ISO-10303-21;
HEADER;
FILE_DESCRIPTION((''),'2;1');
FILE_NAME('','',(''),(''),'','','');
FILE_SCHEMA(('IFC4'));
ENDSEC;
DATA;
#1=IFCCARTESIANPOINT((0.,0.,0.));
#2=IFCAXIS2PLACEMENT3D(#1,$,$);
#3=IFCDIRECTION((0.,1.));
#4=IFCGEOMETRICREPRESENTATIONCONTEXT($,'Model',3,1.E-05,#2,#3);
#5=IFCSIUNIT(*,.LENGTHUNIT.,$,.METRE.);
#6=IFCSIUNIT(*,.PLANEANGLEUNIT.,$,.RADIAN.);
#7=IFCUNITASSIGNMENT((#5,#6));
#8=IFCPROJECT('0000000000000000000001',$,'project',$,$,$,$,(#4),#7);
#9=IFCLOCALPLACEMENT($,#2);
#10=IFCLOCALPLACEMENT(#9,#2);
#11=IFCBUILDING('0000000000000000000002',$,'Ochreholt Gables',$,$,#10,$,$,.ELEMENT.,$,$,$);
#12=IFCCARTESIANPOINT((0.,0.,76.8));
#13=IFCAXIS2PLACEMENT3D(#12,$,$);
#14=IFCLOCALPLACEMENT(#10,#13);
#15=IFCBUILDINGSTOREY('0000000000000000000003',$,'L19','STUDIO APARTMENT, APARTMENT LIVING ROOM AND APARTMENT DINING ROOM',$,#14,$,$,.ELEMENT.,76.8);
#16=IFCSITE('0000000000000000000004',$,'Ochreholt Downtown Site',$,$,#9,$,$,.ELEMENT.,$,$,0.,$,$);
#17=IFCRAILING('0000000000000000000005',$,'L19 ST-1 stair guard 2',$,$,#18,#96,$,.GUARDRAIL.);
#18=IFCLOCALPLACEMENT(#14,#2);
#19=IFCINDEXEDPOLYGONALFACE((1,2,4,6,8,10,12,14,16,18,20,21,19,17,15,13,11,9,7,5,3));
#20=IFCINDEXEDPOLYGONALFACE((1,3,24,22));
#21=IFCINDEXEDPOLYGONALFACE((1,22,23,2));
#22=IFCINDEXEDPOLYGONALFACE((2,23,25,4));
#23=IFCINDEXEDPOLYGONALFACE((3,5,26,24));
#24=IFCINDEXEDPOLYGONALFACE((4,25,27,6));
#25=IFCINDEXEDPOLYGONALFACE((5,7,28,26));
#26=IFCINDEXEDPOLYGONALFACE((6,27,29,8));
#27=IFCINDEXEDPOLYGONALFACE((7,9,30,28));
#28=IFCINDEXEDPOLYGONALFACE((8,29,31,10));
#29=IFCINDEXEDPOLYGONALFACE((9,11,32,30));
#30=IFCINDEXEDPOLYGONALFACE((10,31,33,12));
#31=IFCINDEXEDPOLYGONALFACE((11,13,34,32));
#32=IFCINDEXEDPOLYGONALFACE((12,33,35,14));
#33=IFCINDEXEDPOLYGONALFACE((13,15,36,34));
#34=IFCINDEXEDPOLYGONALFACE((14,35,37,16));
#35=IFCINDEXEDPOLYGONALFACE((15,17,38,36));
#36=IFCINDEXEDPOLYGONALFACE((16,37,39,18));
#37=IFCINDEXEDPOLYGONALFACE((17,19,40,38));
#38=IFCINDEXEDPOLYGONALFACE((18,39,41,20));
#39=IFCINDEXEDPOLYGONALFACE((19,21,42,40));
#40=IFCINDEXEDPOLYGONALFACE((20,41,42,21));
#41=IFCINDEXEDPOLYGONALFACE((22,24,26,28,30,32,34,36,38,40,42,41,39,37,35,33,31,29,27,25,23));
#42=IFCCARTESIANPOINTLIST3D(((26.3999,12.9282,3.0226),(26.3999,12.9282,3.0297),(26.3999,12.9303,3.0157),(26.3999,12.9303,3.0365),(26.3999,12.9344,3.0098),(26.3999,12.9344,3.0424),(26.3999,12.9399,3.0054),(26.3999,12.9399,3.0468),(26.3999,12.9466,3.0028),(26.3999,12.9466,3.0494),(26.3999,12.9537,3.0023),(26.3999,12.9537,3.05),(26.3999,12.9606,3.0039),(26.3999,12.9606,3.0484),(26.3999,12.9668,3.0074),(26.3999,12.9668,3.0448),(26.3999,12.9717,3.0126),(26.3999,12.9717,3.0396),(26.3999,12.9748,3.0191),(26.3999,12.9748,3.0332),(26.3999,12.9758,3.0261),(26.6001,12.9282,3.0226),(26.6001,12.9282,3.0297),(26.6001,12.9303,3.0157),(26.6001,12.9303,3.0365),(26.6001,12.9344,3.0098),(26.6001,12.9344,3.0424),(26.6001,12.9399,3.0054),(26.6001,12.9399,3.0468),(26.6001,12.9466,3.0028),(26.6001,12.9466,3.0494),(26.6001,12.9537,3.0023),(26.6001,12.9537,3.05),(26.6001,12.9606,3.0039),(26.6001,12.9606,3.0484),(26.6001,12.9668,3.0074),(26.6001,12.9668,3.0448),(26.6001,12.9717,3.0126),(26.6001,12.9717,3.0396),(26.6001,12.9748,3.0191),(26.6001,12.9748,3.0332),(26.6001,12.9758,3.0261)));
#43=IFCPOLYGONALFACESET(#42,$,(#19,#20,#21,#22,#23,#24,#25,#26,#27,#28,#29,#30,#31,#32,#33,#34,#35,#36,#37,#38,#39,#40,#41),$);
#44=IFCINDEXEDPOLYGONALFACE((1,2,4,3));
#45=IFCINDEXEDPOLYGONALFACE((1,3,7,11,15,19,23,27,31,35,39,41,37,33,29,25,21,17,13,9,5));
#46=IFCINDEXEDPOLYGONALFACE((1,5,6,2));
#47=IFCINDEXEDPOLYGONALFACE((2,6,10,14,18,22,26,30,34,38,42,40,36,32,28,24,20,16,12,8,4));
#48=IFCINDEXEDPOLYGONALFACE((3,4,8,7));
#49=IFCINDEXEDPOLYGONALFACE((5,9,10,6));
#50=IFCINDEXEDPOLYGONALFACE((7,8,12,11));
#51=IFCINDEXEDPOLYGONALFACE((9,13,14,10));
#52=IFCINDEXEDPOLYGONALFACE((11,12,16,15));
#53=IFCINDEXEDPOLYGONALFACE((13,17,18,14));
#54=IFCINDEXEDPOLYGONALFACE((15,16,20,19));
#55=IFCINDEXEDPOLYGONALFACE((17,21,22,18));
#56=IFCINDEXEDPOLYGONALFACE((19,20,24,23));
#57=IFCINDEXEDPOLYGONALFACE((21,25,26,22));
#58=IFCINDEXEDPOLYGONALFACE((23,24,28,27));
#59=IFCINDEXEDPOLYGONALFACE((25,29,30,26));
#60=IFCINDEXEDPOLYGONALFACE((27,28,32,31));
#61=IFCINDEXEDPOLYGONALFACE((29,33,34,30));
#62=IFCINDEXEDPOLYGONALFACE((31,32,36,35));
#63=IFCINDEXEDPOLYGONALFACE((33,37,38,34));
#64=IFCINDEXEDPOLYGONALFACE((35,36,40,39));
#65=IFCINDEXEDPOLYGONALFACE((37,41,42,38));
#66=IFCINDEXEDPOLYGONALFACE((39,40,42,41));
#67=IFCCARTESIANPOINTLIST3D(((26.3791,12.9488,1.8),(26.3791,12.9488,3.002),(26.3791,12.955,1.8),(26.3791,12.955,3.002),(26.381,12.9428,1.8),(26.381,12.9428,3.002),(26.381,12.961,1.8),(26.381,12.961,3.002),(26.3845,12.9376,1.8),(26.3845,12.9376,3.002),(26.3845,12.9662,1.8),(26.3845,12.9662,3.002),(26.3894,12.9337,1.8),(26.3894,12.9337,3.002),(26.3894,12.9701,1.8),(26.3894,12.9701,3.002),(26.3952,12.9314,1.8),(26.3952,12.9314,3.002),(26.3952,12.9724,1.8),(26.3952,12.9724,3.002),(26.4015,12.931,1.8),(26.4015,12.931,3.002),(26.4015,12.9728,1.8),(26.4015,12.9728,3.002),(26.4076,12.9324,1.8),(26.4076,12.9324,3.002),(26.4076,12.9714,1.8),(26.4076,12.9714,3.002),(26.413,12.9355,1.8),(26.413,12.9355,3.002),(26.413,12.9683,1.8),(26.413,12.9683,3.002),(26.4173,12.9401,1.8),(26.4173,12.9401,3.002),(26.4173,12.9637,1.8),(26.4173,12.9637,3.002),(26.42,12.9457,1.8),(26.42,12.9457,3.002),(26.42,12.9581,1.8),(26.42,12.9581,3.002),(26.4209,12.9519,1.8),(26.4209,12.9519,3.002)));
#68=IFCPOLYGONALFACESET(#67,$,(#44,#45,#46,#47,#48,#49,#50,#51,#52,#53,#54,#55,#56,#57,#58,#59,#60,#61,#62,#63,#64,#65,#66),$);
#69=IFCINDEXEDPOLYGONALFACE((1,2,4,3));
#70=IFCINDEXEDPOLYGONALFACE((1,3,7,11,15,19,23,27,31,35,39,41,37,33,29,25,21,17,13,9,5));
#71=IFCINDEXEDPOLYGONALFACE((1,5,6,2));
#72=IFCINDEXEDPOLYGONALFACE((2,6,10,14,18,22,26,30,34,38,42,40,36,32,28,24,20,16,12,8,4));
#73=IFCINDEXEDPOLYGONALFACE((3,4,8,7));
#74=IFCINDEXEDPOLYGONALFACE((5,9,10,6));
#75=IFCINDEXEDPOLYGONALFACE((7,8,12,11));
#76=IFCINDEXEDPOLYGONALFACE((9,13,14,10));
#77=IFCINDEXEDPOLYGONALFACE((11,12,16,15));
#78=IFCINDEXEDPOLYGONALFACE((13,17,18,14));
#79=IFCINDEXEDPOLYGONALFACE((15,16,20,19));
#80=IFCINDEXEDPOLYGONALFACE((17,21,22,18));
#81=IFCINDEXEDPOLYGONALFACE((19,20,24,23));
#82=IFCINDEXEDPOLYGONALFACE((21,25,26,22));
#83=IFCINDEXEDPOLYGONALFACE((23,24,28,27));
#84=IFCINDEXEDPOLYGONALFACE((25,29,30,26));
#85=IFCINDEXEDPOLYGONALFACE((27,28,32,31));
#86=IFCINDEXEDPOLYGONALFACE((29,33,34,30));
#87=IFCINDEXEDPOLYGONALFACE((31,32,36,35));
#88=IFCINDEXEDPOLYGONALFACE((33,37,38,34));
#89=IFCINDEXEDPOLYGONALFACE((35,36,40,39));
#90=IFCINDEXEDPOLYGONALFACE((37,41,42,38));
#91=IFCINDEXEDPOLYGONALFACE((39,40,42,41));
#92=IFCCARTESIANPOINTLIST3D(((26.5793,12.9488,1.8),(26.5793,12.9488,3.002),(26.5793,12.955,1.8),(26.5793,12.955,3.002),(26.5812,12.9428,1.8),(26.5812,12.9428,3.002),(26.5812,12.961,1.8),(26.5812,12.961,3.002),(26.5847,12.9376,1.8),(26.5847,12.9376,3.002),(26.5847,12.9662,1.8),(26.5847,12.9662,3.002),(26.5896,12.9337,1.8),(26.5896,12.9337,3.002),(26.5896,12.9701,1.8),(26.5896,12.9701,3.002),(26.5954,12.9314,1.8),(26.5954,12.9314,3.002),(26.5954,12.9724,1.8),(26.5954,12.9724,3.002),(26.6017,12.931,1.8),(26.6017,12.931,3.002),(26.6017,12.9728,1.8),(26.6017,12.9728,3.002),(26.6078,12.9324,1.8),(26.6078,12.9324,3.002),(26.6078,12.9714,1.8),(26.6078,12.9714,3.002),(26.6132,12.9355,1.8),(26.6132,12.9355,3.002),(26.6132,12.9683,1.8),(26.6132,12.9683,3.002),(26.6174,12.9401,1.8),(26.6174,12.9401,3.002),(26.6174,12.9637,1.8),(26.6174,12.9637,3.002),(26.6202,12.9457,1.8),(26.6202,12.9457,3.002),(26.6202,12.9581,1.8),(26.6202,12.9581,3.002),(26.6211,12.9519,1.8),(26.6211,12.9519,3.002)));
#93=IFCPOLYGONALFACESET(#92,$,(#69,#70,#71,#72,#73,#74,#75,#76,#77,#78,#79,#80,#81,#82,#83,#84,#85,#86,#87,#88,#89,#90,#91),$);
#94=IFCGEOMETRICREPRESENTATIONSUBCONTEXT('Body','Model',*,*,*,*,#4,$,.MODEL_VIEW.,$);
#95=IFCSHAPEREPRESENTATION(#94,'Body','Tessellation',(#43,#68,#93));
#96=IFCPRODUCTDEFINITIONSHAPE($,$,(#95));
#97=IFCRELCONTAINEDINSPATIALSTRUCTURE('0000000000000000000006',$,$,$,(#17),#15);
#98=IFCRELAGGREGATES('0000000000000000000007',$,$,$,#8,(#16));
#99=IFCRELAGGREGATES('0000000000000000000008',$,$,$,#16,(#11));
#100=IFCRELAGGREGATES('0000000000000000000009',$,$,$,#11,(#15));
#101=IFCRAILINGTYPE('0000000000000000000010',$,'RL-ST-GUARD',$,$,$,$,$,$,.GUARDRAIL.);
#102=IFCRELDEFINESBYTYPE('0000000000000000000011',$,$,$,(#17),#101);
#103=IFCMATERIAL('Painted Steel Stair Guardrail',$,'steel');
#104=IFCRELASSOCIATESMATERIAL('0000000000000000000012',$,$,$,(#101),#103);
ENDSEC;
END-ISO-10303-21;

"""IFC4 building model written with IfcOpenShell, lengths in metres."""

from ifc_helpers import new_model, si_unit, direction, frame, origin, origin_2d, place, context, subcontext, project, spatial, circle, extrude, material, type_object, element, save


model = new_model("IFC4")

# Units and contexts
model_context = context("Model", 3, precision=1e-05, world=origin(), true_north=direction((0.0, 1.0)))
body_context = subcontext(model_context, "Body", "Model", "MODEL_VIEW")
ifc_project = project(units=[si_unit("LENGTHUNIT", "METRE"), si_unit("PLANEANGLEUNIT", "RADIAN")], contexts=[model_context])

# Site, building, storey
site_placement = place(None, origin())
site = spatial("IfcSite", under=ifc_project, at=site_placement, Name="Ochreholt Downtown Site", CompositionType="ELEMENT", RefElevation=0.0)
building_placement = place(site_placement, origin())
building = spatial("IfcBuilding", under=site, at=building_placement, Name="Ochreholt Gables", CompositionType="ELEMENT")
storey_placement = place(building_placement, frame((0.0, 0.0, 76.8)))
storey = spatial("IfcBuildingStorey", under=building, at=storey_placement, Name="L19", Description="STUDIO APARTMENT, APARTMENT LIVING ROOM AND APARTMENT DINING ROOM", CompositionType="ELEMENT", Elevation=76.8)

# Railing
ifc_material_1 = material(Name="Painted Steel Stair Guardrail", Category="steel")
railing_type_1 = type_object("IfcRailingType", Name="RL-ST-GUARD", PredefinedType="GUARDRAIL", material=ifc_material_1)
railing_1_placement = place(storey_placement, frame((26.3999, 12.9519, 1.8)))
element("IfcRailing", 1, at=railing_1_placement, inside=storey, type_object=railing_type_1, Name="L19 ST-1 stair guard 2", PredefinedType="GUARDRAIL", context=body_context, shape_type="SweptSolid", body=[
    extrude(circle(Radius=0.0239, at=origin_2d()), frame((0.0, 0.0, 1.2261), z_axis=(1.0, 0.0, 0.0), x_axis=(0.0, 1.0, 0.0)), (0.0, 0.0, 1.0), 0.2002),
    extrude(circle(Radius=0.021, at=origin_2d()), origin(), (0.0, 0.0, 1.0), 1.2019),
    extrude(circle(Radius=0.021, at=origin_2d()), frame((0.2002, 0.0, 0.0)), (0.0, 0.0, 1.0), 1.2019),
])

save(model, "model.ifc")
